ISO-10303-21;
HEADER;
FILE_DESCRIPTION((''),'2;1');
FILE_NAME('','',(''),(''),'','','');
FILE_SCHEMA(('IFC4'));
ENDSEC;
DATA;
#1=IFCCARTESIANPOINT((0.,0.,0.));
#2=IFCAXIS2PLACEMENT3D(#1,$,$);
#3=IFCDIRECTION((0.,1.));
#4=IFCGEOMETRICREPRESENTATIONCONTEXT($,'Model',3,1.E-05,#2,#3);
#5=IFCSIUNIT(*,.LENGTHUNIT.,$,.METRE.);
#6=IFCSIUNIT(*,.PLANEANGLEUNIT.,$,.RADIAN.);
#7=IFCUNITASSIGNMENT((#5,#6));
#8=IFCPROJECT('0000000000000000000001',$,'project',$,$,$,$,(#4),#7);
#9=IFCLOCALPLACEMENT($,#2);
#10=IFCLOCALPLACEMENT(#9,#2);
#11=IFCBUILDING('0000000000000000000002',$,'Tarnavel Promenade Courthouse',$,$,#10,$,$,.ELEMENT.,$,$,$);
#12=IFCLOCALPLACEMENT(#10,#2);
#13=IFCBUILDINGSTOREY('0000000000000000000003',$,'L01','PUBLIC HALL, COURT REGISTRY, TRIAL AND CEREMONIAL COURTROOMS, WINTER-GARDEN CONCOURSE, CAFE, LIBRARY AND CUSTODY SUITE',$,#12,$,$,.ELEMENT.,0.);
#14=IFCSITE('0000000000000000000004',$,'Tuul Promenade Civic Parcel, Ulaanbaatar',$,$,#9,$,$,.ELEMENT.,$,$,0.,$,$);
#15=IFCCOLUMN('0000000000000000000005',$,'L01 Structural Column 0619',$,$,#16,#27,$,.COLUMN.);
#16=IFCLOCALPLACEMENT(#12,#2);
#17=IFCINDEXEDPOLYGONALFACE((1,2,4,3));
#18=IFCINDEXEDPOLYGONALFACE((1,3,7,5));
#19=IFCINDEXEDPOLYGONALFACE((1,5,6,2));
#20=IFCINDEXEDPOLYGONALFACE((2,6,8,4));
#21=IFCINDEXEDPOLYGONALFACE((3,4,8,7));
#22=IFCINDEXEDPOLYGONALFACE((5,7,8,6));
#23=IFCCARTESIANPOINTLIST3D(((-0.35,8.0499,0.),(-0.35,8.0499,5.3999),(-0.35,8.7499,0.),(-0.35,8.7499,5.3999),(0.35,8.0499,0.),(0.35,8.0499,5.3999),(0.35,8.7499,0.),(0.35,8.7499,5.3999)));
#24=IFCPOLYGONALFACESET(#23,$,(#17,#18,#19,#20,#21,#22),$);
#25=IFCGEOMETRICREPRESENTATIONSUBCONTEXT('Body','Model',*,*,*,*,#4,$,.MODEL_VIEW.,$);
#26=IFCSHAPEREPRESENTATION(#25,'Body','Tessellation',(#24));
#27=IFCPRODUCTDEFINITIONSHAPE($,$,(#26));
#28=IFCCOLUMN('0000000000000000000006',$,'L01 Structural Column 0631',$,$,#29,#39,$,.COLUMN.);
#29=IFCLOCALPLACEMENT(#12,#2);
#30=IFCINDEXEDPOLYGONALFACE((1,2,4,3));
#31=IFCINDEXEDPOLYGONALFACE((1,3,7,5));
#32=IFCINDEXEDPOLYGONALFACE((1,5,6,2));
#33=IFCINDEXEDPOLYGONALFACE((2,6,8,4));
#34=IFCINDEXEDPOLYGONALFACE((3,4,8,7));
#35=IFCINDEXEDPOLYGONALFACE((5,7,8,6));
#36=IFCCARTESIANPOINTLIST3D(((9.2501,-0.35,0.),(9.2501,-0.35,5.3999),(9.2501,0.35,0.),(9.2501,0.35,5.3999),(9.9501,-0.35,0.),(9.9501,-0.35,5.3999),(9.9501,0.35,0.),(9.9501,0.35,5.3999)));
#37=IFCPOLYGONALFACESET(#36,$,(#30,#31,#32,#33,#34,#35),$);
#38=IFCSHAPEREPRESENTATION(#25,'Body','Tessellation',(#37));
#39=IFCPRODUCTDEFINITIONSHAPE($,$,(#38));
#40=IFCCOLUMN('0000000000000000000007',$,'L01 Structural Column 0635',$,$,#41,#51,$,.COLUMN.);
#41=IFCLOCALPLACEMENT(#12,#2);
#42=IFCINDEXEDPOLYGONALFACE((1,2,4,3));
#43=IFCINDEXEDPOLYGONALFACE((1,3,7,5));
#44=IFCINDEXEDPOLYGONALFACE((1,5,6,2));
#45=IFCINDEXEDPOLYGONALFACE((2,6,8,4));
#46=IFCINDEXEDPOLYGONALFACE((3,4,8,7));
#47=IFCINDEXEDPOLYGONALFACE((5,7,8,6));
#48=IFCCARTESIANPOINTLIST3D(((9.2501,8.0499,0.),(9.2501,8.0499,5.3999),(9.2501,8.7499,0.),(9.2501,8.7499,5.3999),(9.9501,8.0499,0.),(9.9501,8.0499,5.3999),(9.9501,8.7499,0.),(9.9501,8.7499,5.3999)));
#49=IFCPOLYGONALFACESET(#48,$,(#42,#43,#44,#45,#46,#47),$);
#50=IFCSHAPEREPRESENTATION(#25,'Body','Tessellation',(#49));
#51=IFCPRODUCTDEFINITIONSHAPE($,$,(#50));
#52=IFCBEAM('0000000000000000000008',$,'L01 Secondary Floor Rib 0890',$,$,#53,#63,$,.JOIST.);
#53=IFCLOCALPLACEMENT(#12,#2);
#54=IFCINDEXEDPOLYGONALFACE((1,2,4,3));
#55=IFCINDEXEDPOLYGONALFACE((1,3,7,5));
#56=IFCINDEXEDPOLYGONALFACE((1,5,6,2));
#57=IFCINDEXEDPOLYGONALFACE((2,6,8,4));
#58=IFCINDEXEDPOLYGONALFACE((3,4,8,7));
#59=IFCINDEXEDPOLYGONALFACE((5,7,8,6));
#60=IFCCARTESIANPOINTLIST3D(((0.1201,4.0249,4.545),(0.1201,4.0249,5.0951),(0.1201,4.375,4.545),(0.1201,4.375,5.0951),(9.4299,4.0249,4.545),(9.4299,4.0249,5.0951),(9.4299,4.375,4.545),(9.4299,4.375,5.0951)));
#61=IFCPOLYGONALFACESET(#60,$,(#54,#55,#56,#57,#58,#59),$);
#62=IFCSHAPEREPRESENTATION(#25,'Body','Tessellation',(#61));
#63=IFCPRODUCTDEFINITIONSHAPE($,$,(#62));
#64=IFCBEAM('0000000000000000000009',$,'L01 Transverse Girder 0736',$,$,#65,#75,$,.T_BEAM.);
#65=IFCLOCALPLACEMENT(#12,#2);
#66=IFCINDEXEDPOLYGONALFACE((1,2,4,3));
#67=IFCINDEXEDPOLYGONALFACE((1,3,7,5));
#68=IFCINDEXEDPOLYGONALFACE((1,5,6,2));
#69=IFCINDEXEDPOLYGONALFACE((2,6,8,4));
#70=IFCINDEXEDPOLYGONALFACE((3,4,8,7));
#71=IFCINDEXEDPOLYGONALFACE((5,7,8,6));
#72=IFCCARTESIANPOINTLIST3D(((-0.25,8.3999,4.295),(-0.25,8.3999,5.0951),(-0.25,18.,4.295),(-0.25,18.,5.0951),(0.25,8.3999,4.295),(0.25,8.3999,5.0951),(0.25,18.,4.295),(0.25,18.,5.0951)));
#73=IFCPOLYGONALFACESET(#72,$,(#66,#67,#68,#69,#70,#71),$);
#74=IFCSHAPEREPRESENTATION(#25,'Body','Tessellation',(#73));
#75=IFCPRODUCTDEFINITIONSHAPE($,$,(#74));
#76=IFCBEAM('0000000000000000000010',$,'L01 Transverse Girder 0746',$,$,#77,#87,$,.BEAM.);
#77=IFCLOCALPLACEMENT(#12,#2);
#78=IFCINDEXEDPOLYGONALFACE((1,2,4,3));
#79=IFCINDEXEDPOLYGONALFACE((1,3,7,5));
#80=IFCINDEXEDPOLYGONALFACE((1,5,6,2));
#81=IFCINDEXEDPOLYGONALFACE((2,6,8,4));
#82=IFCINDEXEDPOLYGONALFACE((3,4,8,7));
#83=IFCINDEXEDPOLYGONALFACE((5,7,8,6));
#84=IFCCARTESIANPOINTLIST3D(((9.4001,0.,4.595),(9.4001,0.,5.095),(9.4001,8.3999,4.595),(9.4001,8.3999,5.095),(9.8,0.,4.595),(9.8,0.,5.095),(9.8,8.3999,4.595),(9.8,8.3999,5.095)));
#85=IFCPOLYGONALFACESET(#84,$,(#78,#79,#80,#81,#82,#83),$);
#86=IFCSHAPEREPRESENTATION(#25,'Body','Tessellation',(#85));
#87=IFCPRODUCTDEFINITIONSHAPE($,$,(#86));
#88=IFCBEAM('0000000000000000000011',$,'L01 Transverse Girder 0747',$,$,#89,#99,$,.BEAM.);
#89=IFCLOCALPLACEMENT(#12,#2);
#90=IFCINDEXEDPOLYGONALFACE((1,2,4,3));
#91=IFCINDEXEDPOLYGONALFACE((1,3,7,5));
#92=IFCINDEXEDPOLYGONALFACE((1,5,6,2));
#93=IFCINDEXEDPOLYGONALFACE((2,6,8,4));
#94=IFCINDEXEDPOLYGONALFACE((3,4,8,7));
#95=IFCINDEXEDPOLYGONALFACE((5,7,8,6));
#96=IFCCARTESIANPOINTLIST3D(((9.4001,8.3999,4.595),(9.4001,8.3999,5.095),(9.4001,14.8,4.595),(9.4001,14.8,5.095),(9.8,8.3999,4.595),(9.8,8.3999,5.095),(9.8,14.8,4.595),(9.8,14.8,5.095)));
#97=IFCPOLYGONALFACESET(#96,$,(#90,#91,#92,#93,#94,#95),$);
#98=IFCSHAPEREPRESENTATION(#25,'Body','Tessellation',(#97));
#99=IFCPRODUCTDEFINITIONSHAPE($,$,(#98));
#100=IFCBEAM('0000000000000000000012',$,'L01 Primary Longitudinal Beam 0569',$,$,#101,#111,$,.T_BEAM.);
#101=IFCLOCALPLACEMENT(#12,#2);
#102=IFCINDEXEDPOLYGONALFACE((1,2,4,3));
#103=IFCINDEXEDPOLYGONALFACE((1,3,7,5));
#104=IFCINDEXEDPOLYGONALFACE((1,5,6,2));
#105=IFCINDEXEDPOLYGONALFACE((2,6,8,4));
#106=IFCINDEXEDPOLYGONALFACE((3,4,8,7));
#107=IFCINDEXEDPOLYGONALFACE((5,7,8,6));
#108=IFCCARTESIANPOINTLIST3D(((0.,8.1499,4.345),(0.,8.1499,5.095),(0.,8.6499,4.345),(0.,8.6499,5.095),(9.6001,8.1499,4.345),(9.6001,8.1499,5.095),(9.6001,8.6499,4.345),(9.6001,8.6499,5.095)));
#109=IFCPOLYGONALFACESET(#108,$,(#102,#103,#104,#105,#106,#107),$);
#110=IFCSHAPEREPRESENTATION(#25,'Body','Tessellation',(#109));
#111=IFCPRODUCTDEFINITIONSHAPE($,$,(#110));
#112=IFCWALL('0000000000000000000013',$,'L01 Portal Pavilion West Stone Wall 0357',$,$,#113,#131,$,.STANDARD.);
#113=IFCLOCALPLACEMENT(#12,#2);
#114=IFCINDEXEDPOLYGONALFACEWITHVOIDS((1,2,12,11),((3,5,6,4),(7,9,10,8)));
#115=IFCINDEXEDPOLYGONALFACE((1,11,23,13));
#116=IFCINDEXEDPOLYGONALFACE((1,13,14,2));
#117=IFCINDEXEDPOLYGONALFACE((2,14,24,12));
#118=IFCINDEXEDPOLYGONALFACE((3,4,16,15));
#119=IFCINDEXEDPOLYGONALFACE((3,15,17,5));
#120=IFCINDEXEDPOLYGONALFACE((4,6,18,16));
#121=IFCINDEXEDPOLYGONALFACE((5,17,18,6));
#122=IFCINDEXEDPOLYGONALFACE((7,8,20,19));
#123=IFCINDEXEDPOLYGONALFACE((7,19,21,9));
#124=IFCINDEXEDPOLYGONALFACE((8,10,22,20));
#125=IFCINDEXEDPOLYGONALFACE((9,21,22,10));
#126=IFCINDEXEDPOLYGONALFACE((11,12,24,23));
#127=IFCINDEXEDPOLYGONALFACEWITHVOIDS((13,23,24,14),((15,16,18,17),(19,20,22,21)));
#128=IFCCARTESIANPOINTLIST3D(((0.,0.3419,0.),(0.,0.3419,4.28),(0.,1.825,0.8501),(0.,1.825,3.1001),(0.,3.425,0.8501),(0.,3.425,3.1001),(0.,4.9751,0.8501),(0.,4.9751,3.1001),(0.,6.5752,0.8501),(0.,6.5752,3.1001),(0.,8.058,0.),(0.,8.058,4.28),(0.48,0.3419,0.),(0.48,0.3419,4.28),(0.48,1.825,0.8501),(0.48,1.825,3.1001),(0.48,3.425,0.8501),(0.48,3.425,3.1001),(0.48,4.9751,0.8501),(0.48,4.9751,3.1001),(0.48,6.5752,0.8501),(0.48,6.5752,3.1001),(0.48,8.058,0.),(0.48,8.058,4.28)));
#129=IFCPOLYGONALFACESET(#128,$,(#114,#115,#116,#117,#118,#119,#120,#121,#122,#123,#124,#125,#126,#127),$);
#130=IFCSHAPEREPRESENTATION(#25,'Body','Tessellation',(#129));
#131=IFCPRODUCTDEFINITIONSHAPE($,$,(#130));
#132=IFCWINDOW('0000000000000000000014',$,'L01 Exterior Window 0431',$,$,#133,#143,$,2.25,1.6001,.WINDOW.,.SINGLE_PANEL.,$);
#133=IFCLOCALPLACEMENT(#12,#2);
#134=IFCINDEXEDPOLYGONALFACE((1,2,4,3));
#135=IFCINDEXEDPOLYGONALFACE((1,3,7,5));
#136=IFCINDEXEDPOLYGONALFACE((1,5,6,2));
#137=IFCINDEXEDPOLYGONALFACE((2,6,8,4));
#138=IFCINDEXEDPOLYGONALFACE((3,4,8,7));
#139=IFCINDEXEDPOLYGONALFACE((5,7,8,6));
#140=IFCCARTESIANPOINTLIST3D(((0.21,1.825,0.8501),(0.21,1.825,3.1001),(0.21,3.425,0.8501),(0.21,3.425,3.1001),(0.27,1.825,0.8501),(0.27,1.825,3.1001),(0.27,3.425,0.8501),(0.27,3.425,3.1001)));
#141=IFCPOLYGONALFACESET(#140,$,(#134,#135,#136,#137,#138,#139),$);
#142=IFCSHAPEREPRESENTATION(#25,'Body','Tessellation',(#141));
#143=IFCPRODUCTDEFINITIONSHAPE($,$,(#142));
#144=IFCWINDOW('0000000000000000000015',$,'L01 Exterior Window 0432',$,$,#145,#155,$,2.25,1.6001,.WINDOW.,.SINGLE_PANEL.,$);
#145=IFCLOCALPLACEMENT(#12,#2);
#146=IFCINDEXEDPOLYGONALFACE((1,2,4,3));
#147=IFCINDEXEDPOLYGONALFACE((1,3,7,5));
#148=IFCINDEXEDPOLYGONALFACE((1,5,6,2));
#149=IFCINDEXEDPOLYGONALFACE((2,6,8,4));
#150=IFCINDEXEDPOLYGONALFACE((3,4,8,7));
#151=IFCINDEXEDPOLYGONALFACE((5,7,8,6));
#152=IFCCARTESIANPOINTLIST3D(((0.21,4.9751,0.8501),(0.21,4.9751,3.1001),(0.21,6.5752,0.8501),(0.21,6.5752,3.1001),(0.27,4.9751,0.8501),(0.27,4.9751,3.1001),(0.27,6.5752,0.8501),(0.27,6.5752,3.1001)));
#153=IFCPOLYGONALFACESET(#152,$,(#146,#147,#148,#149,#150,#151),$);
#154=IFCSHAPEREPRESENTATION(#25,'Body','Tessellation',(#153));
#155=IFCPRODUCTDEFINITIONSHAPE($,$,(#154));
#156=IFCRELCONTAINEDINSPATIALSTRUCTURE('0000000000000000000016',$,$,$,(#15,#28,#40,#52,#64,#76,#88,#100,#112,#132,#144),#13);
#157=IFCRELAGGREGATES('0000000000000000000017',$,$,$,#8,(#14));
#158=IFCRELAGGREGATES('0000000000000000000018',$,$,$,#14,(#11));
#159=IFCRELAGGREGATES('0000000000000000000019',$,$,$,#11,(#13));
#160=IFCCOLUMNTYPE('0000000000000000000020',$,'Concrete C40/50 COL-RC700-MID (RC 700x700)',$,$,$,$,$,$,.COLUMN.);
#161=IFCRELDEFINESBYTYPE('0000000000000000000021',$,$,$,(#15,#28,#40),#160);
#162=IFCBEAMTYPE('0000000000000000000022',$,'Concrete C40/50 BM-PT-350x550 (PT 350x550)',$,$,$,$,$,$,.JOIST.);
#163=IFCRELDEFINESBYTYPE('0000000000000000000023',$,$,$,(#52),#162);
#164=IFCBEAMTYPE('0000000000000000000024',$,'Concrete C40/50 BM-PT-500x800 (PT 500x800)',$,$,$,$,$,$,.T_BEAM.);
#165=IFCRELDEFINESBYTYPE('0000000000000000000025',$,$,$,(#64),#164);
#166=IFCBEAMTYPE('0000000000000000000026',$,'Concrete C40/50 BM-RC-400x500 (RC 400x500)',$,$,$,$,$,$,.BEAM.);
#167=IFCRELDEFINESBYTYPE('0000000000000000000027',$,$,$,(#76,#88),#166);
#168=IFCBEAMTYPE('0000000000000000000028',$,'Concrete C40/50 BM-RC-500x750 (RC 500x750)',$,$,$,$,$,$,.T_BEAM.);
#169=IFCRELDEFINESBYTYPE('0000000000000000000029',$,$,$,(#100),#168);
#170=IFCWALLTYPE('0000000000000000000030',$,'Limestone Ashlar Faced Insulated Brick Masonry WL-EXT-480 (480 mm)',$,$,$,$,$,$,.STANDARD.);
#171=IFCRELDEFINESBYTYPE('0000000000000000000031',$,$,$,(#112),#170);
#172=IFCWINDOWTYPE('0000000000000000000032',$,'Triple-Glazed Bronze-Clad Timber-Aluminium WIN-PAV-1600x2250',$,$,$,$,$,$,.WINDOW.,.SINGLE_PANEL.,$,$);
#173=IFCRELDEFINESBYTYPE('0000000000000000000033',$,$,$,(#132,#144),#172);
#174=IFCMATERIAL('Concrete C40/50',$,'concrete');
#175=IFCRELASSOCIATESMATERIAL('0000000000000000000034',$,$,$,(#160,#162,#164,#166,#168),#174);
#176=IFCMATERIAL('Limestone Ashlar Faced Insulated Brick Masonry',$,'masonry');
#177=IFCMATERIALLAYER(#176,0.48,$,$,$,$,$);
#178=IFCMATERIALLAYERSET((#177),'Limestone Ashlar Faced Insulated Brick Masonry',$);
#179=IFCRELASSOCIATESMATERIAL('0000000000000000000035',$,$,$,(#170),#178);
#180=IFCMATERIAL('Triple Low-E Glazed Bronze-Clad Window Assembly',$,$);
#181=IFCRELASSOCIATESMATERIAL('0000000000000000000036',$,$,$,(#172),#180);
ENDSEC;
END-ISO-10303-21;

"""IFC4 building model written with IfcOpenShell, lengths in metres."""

from ifc_helpers import new_model, si_unit, direction, frame, frame_2d, origin, origin_2d, place, context, subcontext, project, spatial, rectangle, extrude, material, layer, layer_set, material_profile, profile_set, type_object, element, fill, save


model = new_model("IFC4")

# Units and contexts
model_context = context("Model", 3, precision=1e-05, world=origin(), true_north=direction((0.0, 1.0)))
body_context = subcontext(model_context, "Body", "Model", "MODEL_VIEW")
ifc_project = project(units=[si_unit("LENGTHUNIT", "METRE"), si_unit("PLANEANGLEUNIT", "RADIAN")], contexts=[model_context])

# Site, building, storey
site_placement = place(None, origin())
site = spatial("IfcSite", under=ifc_project, at=site_placement, Name="Tuul Promenade Civic Parcel, Ulaanbaatar", CompositionType="ELEMENT", RefElevation=0.0)
building_placement = place(site_placement, origin())
building = spatial("IfcBuilding", under=site, at=building_placement, Name="Tarnavel Promenade Courthouse", CompositionType="ELEMENT")
storey_placement = place(building_placement, origin())
storey = spatial("IfcBuildingStorey", under=building, at=storey_placement, Name="L01", Description="PUBLIC HALL, COURT REGISTRY, TRIAL AND CEREMONIAL COURTROOMS, WINTER-GARDEN CONCOURSE, CAFE, LIBRARY AND CUSTODY SUITE", CompositionType="ELEMENT", Elevation=0.0)

# Columns
ifc_material_1 = material(Name="Concrete C40/50", Category="concrete")
ifc_material_profile_1 = material_profile(ifc_material_1, rectangle(XDim=0.7, YDim=0.7, at=origin_2d()), Name="RC 700x700")
ifc_profile_set_1 = profile_set([ifc_material_profile_1], Name="Concrete C40/50")
column_type = type_object("IfcColumnType", Name="Concrete C40/50 COL-RC700-MID (RC 700x700)", PredefinedType="COLUMN", material=ifc_profile_set_1)
for number, where, z_axis, x_axis, name in (
    (1, (0.0, 8.3999, 0.0), (0.0, 0.0, 1.0), (1.0, 0.0, 0.0), "L01 Structural Column 0619"),
    (2, (9.6001, 0.0, 0.0), (0.0, 0.0, 1.0), (1.0, 0.0, 0.0), "L01 Structural Column 0631"),
    (3, (9.6001, 8.3999, 0.0), (0.0, 0.0, 1.0), (1.0, 0.0, 0.0), "L01 Structural Column 0635"),
):
    element("IfcColumn", number, at=place(storey_placement, frame(where, z_axis=z_axis, x_axis=x_axis)), inside=storey, type_object=column_type, Name=name, PredefinedType="COLUMN", context=body_context, shape_type="SweptSolid", body=[
        extrude(rectangle(XDim=0.7, YDim=0.7, at=origin_2d()), origin(), (0.0, 0.0, 1.0), 5.3999),
    ])

# Beams
ifc_material_profile_2 = material_profile(ifc_material_1, rectangle(XDim=0.3501, YDim=0.55, at=origin_2d()), Name="PT 350x550")
ifc_profile_set_2 = profile_set([ifc_material_profile_2], Name="Concrete C40/50")
beam_type_1 = type_object("IfcBeamType", Name="Concrete C40/50 BM-PT-350x550 (PT 350x550)", PredefinedType="JOIST", material=ifc_profile_set_2)
beam_1_placement = place(storey_placement, frame((0.1201, 4.2, 4.8201), z_axis=(1.0, 0.0, 0.0), x_axis=(0.0, 1.0, 0.0)))
element("IfcBeam", 4, at=beam_1_placement, inside=storey, type_object=beam_type_1, Name="L01 Secondary Floor Rib 0890", PredefinedType="JOIST", context=body_context, shape_type="SweptSolid", body=[
    extrude(rectangle(XDim=0.3501, YDim=0.55, at=origin_2d()), origin(), (0.0, 0.0, 1.0), 9.3098),
])
ifc_material_profile_3 = material_profile(ifc_material_1, rectangle(XDim=0.5, YDim=0.8, at=origin_2d()), Name="PT 500x800")
ifc_profile_set_3 = profile_set([ifc_material_profile_3], Name="Concrete C40/50")
beam_type_2 = type_object("IfcBeamType", Name="Concrete C40/50 BM-PT-500x800 (PT 500x800)", PredefinedType="T_BEAM", material=ifc_profile_set_3)
beam_2_placement = place(storey_placement, frame((0.0, 8.3999, 4.6951), z_axis=(0.0, 1.0, 0.0), x_axis=(-1.0, 0.0, 0.0)))
element("IfcBeam", 5, at=beam_2_placement, inside=storey, type_object=beam_type_2, Name="L01 Transverse Girder 0736", PredefinedType="T_BEAM", context=body_context, shape_type="SweptSolid", body=[
    extrude(rectangle(XDim=0.5, YDim=0.8, at=origin_2d()), origin(), (0.0, 0.0, 1.0), 9.6001),
])
ifc_material_profile_4 = material_profile(ifc_material_1, rectangle(XDim=0.3999, YDim=0.5, at=origin_2d()), Name="RC 400x500")
ifc_profile_set_4 = profile_set([ifc_material_profile_4], Name="Concrete C40/50")
beam_type_3 = type_object("IfcBeamType", Name="Concrete C40/50 BM-RC-400x500 (RC 400x500)", PredefinedType="BEAM", material=ifc_profile_set_4)
beam_3_placement = place(storey_placement, frame((9.6001, 0.0, 4.845), z_axis=(0.0, 1.0, 0.0), x_axis=(-1.0, 0.0, 0.0)))
element("IfcBeam", 6, at=beam_3_placement, inside=storey, type_object=beam_type_3, Name="L01 Transverse Girder 0746", PredefinedType="BEAM", context=body_context, shape_type="SweptSolid", body=[
    extrude(rectangle(XDim=0.3999, YDim=0.5, at=origin_2d()), origin(), (0.0, 0.0, 1.0), 8.3999),
])
beam_4_placement = place(storey_placement, frame((9.6001, 8.3999, 4.845), z_axis=(0.0, 1.0, 0.0), x_axis=(-1.0, 0.0, 0.0)))
element("IfcBeam", 7, at=beam_4_placement, inside=storey, type_object=beam_type_3, Name="L01 Transverse Girder 0747", PredefinedType="BEAM", context=body_context, shape_type="SweptSolid", body=[
    extrude(rectangle(XDim=0.3999, YDim=0.5, at=origin_2d()), origin(), (0.0, 0.0, 1.0), 6.4001),
])
ifc_material_profile_5 = material_profile(ifc_material_1, rectangle(XDim=0.5, YDim=0.75, at=origin_2d()), Name="RC 500x750")
ifc_profile_set_5 = profile_set([ifc_material_profile_5], Name="Concrete C40/50")
beam_type_4 = type_object("IfcBeamType", Name="Concrete C40/50 BM-RC-500x750 (RC 500x750)", PredefinedType="T_BEAM", material=ifc_profile_set_5)
beam_5_placement = place(storey_placement, frame((0.0, 8.3999, 4.72), z_axis=(1.0, 0.0, 0.0), x_axis=(0.0, 1.0, 0.0)))
element("IfcBeam", 8, at=beam_5_placement, inside=storey, type_object=beam_type_4, Name="L01 Primary Longitudinal Beam 0569", PredefinedType="T_BEAM", context=body_context, shape_type="SweptSolid", body=[
    extrude(rectangle(XDim=0.5, YDim=0.75, at=origin_2d()), origin(), (0.0, 0.0, 1.0), 9.6001),
])

# Wall, openings, windows
ifc_material_2 = material(Name="Limestone Ashlar Faced Insulated Brick Masonry", Category="masonry")
ifc_layer_1 = layer(ifc_material_2, 0.48)
ifc_layer_set_1 = layer_set([ifc_layer_1], Name="Limestone Ashlar Faced Insulated Brick Masonry")
wall_type = type_object("IfcWallType", Name="Limestone Ashlar Faced Insulated Brick Masonry WL-EXT-480 (480 mm)", PredefinedType="STANDARD", material=ifc_layer_set_1)
wall_1_placement = place(storey_placement, frame((0.24, 0.342, 0.0), z_axis=(0.0, 0.0, 1.0), x_axis=(0.0, 1.0, 0.0)))
wall_1 = element("IfcWall", 9, at=wall_1_placement, inside=storey, type_object=wall_type, Name="L01 Portal Pavilion West Stone Wall 0357", PredefinedType="STANDARD", context=body_context, shape_type="SweptSolid", body=[
    extrude(rectangle(XDim=7.7161, YDim=0.48, at=frame_2d((3.8579, 0.0))), origin(), (0.0, 0.0, 1.0), 4.28),
])
opening_1_placement = place(wall_1_placement, frame((1.4829, 0.0, 0.8501)))
opening_1 = element("IfcOpeningElement", 10, at=opening_1_placement, cuts=wall_1, PredefinedType="OPENING", context=body_context, shape_type="SweptSolid", body=[
    extrude(rectangle(XDim=1.6001, YDim=2.25, at=frame_2d((0.8, 1.125))), frame((0.0, 0.25, 0.0), z_axis=(0.0, -1.0, 0.0), x_axis=(1.0, 0.0, 0.0)), (0.0, 0.0, 1.0), 0.5),
])
opening_2_placement = place(wall_1_placement, frame((4.6331, 0.0, 0.8501)))
opening_2 = element("IfcOpeningElement", 11, at=opening_2_placement, cuts=wall_1, PredefinedType="OPENING", context=body_context, shape_type="SweptSolid", body=[
    extrude(rectangle(XDim=1.6001, YDim=2.25, at=frame_2d((0.8, 1.125))), frame((0.0, 0.25, 0.0), z_axis=(0.0, -1.0, 0.0), x_axis=(1.0, 0.0, 0.0)), (0.0, 0.0, 1.0), 0.5),
])
ifc_material_3 = material(Name="Triple Low-E Glazed Bronze-Clad Window Assembly")
window_type = type_object("IfcWindowType", Name="Triple-Glazed Bronze-Clad Timber-Aluminium WIN-PAV-1600x2250", PartitioningType="SINGLE_PANEL", PredefinedType="WINDOW", material=ifc_material_3)
window_1_placement = place(opening_1_placement, origin())
window_1 = element("IfcWindow", 12, at=window_1_placement, inside=storey, type_object=window_type, Name="L01 Exterior Window 0431", OverallHeight=2.25, OverallWidth=1.6001, PartitioningType="SINGLE_PANEL", PredefinedType="WINDOW", context=body_context, shape_type="SweptSolid", body=[
    extrude(rectangle(XDim=1.6001, YDim=2.25, at=frame_2d((0.8, 1.125))), frame((0.0, 0.03, 0.0), z_axis=(0.0, -1.0, 0.0), x_axis=(1.0, 0.0, 0.0)), (0.0, 0.0, 1.0), 0.0601),
])
fill(opening_1, window_1)
window_2_placement = place(opening_2_placement, origin())
window_2 = element("IfcWindow", 13, at=window_2_placement, inside=storey, type_object=window_type, Name="L01 Exterior Window 0432", OverallHeight=2.25, OverallWidth=1.6001, PartitioningType="SINGLE_PANEL", PredefinedType="WINDOW", context=body_context, shape_type="SweptSolid", body=[
    extrude(rectangle(XDim=1.6001, YDim=2.25, at=frame_2d((0.8, 1.125))), frame((0.0, 0.03, 0.0), z_axis=(0.0, -1.0, 0.0), x_axis=(1.0, 0.0, 0.0)), (0.0, 0.0, 1.0), 0.0601),
])
fill(opening_2, window_2)

save(model, "model.ifc")
